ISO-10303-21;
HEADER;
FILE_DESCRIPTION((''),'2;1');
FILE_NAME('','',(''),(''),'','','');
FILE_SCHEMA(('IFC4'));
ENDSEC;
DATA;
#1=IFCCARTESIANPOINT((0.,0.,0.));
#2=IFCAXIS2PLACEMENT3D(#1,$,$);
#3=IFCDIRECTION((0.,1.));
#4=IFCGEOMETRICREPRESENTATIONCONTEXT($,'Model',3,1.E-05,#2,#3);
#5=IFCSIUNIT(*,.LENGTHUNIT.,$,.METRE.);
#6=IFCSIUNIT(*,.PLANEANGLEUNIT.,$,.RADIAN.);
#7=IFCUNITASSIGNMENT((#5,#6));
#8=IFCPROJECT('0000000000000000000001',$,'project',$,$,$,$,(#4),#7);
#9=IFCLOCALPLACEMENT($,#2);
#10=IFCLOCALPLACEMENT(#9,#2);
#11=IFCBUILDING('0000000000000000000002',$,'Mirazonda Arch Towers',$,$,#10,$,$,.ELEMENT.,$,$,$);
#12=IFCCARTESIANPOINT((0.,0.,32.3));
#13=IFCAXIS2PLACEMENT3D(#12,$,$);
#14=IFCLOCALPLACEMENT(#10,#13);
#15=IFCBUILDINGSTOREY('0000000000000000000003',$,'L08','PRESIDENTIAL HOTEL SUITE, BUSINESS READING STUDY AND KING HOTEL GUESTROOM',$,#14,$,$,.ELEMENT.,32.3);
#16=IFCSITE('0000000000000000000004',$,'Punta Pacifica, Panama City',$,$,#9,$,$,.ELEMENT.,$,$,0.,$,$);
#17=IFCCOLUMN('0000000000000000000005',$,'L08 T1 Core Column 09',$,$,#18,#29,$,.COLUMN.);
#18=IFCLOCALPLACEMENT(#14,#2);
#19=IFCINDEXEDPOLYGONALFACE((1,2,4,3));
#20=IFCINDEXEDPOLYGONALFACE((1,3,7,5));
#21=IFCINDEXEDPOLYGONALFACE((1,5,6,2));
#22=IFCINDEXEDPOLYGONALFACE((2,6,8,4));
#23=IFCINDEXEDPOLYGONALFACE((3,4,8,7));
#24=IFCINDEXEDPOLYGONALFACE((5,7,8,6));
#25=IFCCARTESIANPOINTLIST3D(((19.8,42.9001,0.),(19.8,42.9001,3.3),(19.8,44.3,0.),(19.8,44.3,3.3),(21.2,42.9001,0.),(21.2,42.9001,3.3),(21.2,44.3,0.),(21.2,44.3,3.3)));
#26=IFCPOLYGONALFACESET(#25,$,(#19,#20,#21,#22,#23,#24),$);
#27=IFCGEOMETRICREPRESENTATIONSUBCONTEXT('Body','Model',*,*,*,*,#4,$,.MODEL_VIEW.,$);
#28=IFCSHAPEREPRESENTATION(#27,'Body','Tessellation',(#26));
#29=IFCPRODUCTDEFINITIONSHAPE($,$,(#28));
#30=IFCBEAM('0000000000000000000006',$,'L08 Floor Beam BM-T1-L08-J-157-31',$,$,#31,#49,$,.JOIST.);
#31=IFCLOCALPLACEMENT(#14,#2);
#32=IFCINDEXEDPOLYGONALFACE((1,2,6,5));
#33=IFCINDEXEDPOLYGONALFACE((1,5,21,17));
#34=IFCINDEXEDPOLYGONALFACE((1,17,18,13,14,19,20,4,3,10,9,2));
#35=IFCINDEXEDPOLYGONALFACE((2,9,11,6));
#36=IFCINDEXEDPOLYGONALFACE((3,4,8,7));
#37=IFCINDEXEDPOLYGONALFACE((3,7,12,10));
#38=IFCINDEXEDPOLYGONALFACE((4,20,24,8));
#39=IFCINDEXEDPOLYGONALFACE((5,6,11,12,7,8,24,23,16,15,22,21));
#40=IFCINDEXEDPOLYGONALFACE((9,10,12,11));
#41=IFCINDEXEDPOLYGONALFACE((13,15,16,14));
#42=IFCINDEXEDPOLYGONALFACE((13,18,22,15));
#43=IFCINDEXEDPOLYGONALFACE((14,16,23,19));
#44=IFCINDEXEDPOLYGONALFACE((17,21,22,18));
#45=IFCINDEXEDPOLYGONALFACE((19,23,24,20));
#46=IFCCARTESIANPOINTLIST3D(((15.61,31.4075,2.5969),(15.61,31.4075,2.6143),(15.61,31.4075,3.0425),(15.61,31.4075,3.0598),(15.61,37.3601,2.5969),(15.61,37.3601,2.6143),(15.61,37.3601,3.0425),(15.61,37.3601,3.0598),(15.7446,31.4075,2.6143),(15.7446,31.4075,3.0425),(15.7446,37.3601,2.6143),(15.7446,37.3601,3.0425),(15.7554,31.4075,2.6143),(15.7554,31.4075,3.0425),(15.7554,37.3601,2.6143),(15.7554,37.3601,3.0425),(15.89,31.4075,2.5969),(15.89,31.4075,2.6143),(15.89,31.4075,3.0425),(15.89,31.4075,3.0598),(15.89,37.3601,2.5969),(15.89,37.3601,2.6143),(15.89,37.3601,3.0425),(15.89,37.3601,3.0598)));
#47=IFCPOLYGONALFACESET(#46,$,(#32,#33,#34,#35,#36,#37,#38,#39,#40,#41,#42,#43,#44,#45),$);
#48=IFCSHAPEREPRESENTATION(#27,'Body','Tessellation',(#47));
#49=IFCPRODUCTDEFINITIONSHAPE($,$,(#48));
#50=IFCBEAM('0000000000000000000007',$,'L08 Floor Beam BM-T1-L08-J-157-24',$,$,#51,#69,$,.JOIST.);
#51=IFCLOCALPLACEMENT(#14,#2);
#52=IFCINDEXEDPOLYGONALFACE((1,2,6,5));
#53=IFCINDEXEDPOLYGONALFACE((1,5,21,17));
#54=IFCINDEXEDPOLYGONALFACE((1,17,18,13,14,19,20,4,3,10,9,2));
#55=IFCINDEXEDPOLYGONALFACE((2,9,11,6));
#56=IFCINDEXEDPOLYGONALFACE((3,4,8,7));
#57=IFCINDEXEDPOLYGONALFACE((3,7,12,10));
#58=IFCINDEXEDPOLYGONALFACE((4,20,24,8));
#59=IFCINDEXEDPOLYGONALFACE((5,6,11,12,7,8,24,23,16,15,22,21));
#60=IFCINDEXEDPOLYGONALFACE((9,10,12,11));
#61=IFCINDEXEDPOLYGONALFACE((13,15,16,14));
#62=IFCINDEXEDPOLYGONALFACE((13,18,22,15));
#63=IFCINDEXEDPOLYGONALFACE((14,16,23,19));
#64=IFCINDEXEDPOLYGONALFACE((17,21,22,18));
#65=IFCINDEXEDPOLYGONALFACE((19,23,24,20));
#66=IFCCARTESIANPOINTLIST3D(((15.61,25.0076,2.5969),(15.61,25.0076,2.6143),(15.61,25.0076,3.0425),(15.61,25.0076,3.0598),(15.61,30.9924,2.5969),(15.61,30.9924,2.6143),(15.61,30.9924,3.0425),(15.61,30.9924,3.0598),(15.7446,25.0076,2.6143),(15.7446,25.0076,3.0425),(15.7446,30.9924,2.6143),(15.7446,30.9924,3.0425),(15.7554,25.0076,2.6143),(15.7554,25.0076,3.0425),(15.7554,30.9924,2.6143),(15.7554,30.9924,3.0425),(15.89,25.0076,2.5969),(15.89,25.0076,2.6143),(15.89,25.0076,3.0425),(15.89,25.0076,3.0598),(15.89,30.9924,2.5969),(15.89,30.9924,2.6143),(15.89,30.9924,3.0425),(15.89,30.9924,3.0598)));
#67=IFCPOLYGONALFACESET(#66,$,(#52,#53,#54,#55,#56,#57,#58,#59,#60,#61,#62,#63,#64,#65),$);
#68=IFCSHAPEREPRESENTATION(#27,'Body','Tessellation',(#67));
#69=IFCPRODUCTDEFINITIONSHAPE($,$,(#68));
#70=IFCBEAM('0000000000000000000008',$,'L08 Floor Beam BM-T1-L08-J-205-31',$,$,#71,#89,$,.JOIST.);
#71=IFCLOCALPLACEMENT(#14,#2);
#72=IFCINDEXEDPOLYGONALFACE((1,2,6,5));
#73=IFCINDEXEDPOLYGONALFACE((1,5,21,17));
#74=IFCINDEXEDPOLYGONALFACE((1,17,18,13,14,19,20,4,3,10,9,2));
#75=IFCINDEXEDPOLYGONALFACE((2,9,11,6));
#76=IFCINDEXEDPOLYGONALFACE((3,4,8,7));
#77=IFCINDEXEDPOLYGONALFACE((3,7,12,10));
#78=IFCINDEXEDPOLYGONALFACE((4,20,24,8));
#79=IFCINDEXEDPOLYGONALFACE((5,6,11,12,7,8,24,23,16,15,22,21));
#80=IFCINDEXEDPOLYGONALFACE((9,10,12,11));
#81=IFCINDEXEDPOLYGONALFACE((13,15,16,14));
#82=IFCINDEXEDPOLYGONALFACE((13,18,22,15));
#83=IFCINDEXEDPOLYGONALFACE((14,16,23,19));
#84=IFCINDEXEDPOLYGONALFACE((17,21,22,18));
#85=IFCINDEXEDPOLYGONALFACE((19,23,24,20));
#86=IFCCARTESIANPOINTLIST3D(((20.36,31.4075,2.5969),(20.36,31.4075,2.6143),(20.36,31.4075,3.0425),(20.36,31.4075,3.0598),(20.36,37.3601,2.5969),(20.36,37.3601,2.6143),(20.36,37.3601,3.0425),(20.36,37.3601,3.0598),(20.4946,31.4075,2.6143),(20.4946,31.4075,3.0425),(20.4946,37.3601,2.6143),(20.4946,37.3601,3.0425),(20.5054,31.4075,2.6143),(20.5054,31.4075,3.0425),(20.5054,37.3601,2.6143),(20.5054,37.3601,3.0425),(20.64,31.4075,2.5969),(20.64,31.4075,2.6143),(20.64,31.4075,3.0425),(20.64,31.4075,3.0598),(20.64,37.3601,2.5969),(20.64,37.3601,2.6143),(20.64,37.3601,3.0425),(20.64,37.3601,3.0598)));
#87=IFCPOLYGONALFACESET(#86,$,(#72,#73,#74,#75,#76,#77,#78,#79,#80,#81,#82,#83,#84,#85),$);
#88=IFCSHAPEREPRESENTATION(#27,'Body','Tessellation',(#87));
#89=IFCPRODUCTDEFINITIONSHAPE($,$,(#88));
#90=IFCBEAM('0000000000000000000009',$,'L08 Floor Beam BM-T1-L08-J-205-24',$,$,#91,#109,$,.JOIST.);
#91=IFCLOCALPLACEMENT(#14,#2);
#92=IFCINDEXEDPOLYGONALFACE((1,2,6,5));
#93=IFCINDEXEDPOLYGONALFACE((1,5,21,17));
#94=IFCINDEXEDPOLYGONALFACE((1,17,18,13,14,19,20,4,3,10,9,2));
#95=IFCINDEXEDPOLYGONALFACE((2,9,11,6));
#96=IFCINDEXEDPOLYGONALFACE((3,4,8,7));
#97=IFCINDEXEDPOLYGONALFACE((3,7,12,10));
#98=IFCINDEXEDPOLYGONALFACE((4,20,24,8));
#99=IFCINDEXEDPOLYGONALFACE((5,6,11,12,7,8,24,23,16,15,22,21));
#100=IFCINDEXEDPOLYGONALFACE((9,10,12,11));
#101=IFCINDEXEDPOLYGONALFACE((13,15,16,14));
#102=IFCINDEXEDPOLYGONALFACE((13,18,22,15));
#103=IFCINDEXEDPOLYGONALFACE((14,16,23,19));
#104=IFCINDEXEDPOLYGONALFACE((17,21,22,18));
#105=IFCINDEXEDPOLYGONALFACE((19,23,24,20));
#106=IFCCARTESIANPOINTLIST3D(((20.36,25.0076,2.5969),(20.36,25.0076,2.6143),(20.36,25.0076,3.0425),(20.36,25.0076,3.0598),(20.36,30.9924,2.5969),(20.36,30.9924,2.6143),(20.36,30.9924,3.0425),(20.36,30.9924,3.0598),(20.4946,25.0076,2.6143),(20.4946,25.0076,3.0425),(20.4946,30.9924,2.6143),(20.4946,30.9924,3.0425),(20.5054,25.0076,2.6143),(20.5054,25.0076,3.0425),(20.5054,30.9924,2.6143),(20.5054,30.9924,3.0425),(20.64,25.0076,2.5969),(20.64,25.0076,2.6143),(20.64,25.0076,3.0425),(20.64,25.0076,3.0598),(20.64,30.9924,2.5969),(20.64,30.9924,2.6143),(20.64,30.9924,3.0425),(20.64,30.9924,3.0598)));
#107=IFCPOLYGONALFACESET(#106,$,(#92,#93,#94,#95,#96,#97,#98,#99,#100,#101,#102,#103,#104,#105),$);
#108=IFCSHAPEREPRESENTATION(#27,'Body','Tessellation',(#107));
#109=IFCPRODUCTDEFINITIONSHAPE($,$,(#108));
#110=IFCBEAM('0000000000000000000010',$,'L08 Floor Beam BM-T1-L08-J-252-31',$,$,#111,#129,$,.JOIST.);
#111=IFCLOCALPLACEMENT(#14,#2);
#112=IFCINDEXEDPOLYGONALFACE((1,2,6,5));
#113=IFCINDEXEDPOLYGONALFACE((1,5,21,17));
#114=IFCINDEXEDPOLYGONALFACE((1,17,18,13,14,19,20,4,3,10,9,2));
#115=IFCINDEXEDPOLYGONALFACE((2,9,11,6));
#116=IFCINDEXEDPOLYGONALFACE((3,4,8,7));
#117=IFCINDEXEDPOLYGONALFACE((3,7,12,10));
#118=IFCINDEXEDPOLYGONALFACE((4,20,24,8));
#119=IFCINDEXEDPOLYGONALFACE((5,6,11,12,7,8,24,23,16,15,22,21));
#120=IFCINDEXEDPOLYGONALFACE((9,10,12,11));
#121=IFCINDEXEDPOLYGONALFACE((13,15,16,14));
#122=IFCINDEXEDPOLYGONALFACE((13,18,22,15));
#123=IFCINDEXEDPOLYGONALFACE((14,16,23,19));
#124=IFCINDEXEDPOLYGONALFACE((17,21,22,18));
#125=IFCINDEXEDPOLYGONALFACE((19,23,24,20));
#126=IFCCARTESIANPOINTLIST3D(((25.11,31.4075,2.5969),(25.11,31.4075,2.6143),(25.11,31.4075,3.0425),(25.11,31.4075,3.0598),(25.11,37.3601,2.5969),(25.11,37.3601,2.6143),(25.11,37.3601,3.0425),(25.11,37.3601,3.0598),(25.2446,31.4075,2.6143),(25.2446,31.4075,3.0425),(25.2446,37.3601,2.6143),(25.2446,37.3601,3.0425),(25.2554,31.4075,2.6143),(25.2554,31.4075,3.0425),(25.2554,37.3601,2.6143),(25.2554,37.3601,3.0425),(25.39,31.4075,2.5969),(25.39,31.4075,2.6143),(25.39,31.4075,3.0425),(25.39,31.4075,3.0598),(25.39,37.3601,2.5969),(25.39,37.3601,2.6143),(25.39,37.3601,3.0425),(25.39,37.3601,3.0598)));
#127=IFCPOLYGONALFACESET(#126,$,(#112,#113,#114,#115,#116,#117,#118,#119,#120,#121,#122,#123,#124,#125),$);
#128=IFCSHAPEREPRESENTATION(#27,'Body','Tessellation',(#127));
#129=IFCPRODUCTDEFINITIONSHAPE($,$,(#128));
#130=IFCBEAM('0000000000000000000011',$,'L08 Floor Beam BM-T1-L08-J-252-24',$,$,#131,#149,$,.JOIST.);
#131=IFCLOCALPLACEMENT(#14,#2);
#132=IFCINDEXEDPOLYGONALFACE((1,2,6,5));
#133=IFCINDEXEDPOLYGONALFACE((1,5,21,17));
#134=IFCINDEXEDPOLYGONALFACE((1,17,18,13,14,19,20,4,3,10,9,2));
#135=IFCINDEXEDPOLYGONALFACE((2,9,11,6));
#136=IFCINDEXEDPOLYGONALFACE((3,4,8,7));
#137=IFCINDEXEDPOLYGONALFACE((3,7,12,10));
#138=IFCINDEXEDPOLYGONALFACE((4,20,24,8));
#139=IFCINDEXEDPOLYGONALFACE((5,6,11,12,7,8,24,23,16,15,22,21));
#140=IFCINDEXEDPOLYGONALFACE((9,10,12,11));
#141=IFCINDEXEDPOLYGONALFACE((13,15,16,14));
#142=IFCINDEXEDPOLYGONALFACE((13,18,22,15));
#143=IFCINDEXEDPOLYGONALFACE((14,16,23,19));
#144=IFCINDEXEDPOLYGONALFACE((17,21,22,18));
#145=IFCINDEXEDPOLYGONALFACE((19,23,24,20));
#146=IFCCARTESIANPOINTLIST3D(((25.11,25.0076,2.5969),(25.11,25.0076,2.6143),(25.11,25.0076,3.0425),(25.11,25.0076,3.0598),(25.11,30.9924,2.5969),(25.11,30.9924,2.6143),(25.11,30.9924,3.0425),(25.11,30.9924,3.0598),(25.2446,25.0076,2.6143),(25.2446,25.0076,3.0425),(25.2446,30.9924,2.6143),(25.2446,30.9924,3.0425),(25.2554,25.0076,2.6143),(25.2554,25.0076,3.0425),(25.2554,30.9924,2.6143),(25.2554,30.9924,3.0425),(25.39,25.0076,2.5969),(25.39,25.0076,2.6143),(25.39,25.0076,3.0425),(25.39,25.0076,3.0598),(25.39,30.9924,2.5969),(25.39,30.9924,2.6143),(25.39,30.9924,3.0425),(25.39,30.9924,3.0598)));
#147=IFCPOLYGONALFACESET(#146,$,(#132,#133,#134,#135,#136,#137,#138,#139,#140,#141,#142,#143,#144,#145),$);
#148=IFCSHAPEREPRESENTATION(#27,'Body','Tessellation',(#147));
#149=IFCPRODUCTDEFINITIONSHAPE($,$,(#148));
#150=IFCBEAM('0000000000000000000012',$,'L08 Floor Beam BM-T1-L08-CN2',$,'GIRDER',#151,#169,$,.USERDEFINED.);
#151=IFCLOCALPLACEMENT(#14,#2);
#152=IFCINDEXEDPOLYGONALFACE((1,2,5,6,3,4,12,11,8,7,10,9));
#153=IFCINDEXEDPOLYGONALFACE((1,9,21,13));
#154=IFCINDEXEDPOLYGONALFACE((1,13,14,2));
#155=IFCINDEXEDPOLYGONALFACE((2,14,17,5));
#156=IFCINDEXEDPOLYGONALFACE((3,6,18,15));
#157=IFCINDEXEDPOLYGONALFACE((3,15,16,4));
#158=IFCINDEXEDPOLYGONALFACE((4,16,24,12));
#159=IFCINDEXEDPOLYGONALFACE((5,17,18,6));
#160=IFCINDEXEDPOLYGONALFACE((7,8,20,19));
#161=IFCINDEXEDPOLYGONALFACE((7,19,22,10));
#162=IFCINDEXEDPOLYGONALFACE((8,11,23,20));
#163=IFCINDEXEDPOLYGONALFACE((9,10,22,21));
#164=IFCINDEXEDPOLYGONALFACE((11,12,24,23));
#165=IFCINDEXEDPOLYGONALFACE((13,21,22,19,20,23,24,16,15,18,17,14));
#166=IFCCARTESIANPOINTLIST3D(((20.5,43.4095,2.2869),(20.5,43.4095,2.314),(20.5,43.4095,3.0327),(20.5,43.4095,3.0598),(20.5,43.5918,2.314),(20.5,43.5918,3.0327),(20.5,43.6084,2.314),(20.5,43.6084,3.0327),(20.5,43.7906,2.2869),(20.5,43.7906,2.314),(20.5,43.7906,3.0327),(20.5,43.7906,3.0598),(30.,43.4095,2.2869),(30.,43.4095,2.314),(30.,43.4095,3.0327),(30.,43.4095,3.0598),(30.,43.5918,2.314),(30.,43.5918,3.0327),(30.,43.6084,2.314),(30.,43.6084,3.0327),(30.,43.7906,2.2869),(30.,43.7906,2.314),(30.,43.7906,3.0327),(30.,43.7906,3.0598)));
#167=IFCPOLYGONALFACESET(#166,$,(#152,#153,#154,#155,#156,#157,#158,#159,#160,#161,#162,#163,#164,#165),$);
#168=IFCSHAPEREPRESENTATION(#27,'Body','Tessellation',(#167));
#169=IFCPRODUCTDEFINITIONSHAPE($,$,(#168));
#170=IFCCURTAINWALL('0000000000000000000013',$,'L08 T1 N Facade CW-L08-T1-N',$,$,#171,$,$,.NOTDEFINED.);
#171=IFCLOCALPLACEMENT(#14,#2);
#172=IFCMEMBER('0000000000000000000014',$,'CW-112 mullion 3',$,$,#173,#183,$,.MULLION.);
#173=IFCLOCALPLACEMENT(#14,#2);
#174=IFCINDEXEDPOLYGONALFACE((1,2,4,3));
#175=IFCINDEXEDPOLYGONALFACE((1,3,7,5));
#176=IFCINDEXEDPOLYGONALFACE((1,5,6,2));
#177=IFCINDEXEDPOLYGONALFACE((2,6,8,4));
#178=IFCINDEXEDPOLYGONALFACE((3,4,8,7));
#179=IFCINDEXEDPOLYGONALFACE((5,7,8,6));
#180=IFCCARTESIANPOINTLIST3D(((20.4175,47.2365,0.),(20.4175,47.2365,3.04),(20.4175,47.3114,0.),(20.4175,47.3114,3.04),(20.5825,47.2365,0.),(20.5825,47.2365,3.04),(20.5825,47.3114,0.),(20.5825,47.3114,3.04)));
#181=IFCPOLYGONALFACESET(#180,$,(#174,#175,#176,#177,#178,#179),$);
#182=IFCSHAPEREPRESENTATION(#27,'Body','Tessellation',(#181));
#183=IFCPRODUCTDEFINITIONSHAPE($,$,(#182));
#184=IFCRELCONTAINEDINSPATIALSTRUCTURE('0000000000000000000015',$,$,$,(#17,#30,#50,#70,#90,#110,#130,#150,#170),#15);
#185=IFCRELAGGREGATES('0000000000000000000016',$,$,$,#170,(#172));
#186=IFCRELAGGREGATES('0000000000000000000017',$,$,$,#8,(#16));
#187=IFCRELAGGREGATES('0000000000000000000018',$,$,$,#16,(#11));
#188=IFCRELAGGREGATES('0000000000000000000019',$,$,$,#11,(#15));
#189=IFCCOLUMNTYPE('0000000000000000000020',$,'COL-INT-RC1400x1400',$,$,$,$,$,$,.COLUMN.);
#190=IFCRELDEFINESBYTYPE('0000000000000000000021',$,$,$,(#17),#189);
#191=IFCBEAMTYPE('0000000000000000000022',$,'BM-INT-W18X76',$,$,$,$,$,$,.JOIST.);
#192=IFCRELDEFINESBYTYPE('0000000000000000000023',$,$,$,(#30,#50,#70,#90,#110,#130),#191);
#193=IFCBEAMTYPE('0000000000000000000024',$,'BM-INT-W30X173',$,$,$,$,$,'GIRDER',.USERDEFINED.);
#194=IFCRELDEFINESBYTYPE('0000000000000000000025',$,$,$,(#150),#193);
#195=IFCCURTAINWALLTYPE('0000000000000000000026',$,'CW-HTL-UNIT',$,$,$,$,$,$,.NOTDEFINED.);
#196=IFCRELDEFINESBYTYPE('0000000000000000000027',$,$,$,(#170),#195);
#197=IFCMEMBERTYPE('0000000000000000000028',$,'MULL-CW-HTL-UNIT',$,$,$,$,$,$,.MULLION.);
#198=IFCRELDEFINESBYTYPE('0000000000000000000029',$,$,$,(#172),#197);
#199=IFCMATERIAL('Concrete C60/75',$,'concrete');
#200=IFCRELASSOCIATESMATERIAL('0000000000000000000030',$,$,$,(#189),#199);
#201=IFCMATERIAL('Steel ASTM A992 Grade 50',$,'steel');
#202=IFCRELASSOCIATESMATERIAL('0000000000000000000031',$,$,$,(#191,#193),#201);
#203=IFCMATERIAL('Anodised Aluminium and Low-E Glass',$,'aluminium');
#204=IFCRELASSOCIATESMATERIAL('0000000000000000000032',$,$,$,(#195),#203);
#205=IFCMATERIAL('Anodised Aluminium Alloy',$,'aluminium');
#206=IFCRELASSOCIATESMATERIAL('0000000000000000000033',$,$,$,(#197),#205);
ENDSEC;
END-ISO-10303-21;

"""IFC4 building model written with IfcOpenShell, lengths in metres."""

from ifc_helpers import new_model, si_unit, direction, frame, origin, origin_2d, place, context, subcontext, project, spatial, rectangle, i_section, extrude, material, material_profile, profile_set, type_object, element, aggregate, save


model = new_model("IFC4")

# Units and contexts
model_context = context("Model", 3, precision=1e-05, world=origin(), true_north=direction((0.0, 1.0)))
body_context = subcontext(model_context, "Body", "Model", "MODEL_VIEW")
ifc_project = project(units=[si_unit("LENGTHUNIT", "METRE"), si_unit("PLANEANGLEUNIT", "RADIAN")], contexts=[model_context])

# Site, building, storey
site_placement = place(None, origin())
site = spatial("IfcSite", under=ifc_project, at=site_placement, Name="Punta Pacifica, Panama City", CompositionType="ELEMENT", RefElevation=0.0)
building_placement = place(site_placement, origin())
building = spatial("IfcBuilding", under=site, at=building_placement, Name="Mirazonda Arch Towers", CompositionType="ELEMENT")
storey_placement = place(building_placement, frame((0.0, 0.0, 32.3)))
storey = spatial("IfcBuildingStorey", under=building, at=storey_placement, Name="L08", Description="PRESIDENTIAL HOTEL SUITE, BUSINESS READING STUDY AND KING HOTEL GUESTROOM", CompositionType="ELEMENT", Elevation=32.3)

# Column
ifc_material_1 = material(Name="Concrete C60/75", Category="concrete")
ifc_material_profile_1 = material_profile(ifc_material_1, rectangle(XDim=1.3999, YDim=1.3999, at=origin_2d()), Name="RC1400x1400")
ifc_profile_set_1 = profile_set([ifc_material_profile_1], Name="Concrete C60/75")
column_type = type_object("IfcColumnType", Name="COL-INT-RC1400x1400", PredefinedType="COLUMN", material=ifc_profile_set_1)
column_placement = place(storey_placement, frame((20.5, 43.6001, 0.0), z_axis=(0.0, 0.0, 1.0), x_axis=(1.0, 0.0, 0.0)))
element("IfcColumn", 1, at=column_placement, inside=storey, type_object=column_type, Name="L08 T1 Core Column 09", PredefinedType="COLUMN", context=body_context, shape_type="SweptSolid", body=[
    extrude(rectangle(XDim=1.3999, YDim=1.3999, at=origin_2d()), origin(), (0.0, 0.0, 1.0), 3.3),
])

# Beams
ifc_material_2 = material(Name="Steel ASTM A992 Grade 50", Category="steel")
ifc_material_profile_2 = material_profile(ifc_material_2, i_section(OverallWidth=0.28, OverallDepth=0.4629, WebThickness=0.0107, FlangeThickness=0.0173, at=origin_2d()), Name="W18X76")
ifc_profile_set_2 = profile_set([ifc_material_profile_2], Name="Steel ASTM A992 Grade 50")
beam_type_1 = type_object("IfcBeamType", Name="BM-INT-W18X76", PredefinedType="JOIST", material=ifc_profile_set_2)
beam_1_placement = place(storey_placement, frame((15.75, 31.4075, 2.8284), z_axis=(0.0, 1.0, 0.0), x_axis=(-1.0, 0.0, 0.0)))
element("IfcBeam", 2, at=beam_1_placement, inside=storey, type_object=beam_type_1, Name="L08 Floor Beam BM-T1-L08-J-157-31", PredefinedType="JOIST", context=body_context, shape_type="SweptSolid", body=[
    extrude(i_section(OverallWidth=0.28, OverallDepth=0.4629, WebThickness=0.0107, FlangeThickness=0.0173, at=origin_2d()), origin(), (0.0, 0.0, 1.0), 5.9526),
])
beam_2_placement = place(storey_placement, frame((15.75, 25.0076, 2.8284), z_axis=(0.0, 1.0, 0.0), x_axis=(-1.0, 0.0, 0.0)))
element("IfcBeam", 3, at=beam_2_placement, inside=storey, type_object=beam_type_1, Name="L08 Floor Beam BM-T1-L08-J-157-24", PredefinedType="JOIST", context=body_context, shape_type="SweptSolid", body=[
    extrude(i_section(OverallWidth=0.28, OverallDepth=0.4629, WebThickness=0.0107, FlangeThickness=0.0173, at=origin_2d()), origin(), (0.0, 0.0, 1.0), 5.9849),
])
beam_3_placement = place(storey_placement, frame((20.5, 31.4075, 2.8284), z_axis=(0.0, 1.0, 0.0), x_axis=(-1.0, 0.0, 0.0)))
element("IfcBeam", 4, at=beam_3_placement, inside=storey, type_object=beam_type_1, Name="L08 Floor Beam BM-T1-L08-J-205-31", PredefinedType="JOIST", context=body_context, shape_type="SweptSolid", body=[
    extrude(i_section(OverallWidth=0.28, OverallDepth=0.4629, WebThickness=0.0107, FlangeThickness=0.0173, at=origin_2d()), origin(), (0.0, 0.0, 1.0), 5.9526),
])
beam_4_placement = place(storey_placement, frame((20.5, 25.0076, 2.8284), z_axis=(0.0, 1.0, 0.0), x_axis=(-1.0, 0.0, 0.0)))
element("IfcBeam", 5, at=beam_4_placement, inside=storey, type_object=beam_type_1, Name="L08 Floor Beam BM-T1-L08-J-205-24", PredefinedType="JOIST", context=body_context, shape_type="SweptSolid", body=[
    extrude(i_section(OverallWidth=0.28, OverallDepth=0.4629, WebThickness=0.0107, FlangeThickness=0.0173, at=origin_2d()), origin(), (0.0, 0.0, 1.0), 5.9849),
])
beam_5_placement = place(storey_placement, frame((25.25, 31.4075, 2.8284), z_axis=(0.0, 1.0, 0.0), x_axis=(-1.0, 0.0, 0.0)))
element("IfcBeam", 6, at=beam_5_placement, inside=storey, type_object=beam_type_1, Name="L08 Floor Beam BM-T1-L08-J-252-31", PredefinedType="JOIST", context=body_context, shape_type="SweptSolid", body=[
    extrude(i_section(OverallWidth=0.28, OverallDepth=0.4629, WebThickness=0.0107, FlangeThickness=0.0173, at=origin_2d()), origin(), (0.0, 0.0, 1.0), 5.9526),
])
beam_6_placement = place(storey_placement, frame((25.25, 25.0076, 2.8284), z_axis=(0.0, 1.0, 0.0), x_axis=(-1.0, 0.0, 0.0)))
element("IfcBeam", 7, at=beam_6_placement, inside=storey, type_object=beam_type_1, Name="L08 Floor Beam BM-T1-L08-J-252-24", PredefinedType="JOIST", context=body_context, shape_type="SweptSolid", body=[
    extrude(i_section(OverallWidth=0.28, OverallDepth=0.4629, WebThickness=0.0107, FlangeThickness=0.0173, at=origin_2d()), origin(), (0.0, 0.0, 1.0), 5.9849),
])
ifc_material_profile_3 = material_profile(ifc_material_2, i_section(OverallWidth=0.3811, OverallDepth=0.7729, WebThickness=0.0166, FlangeThickness=0.0271, at=origin_2d()), Name="W30X173")
ifc_profile_set_3 = profile_set([ifc_material_profile_3], Name="Steel ASTM A992 Grade 50")
beam_type_2 = type_object("IfcBeamType", Name="BM-INT-W30X173", ElementType="GIRDER", PredefinedType="USERDEFINED", material=ifc_profile_set_3)
beam_7_placement = place(storey_placement, frame((20.5, 43.6001, 2.6733), z_axis=(1.0, 0.0, 0.0), x_axis=(0.0, 1.0, 0.0)))
element("IfcBeam", 8, at=beam_7_placement, inside=storey, type_object=beam_type_2, Name="L08 Floor Beam BM-T1-L08-CN2", ObjectType="GIRDER", PredefinedType="USERDEFINED", context=body_context, shape_type="SweptSolid", body=[
    extrude(i_section(OverallWidth=0.3811, OverallDepth=0.7729, WebThickness=0.0166, FlangeThickness=0.0271, at=origin_2d()), origin(), (0.0, 0.0, 1.0), 9.5),
])

# Curtain wall, member
ifc_material_3 = material(Name="Anodised Aluminium and Low-E Glass", Category="aluminium")
curtain_wall_type = type_object("IfcCurtainWallType", Name="CW-HTL-UNIT", PredefinedType="NOTDEFINED", material=ifc_material_3)
curtain_wall_placement = place(storey_placement, origin())
curtain_wall = element("IfcCurtainWall", 9, at=curtain_wall_placement, inside=storey, type_object=curtain_wall_type, Name="L08 T1 N Facade CW-L08-T1-N", PredefinedType="NOTDEFINED")
ifc_material_4 = material(Name="Anodised Aluminium Alloy", Category="aluminium")
ifc_material_profile_4 = material_profile(ifc_material_4, rectangle(XDim=0.075, YDim=0.165, at=origin_2d()), Name="ALU-MULL-75x165")
ifc_profile_set_4 = profile_set([ifc_material_profile_4], Name="Anodised Aluminium Alloy")
member_type_1 = type_object("IfcMemberType", Name="MULL-CW-HTL-UNIT", PredefinedType="MULLION", material=ifc_profile_set_4)
member_1_placement = place(storey_placement, frame((20.5, 47.2739, 0.0), z_axis=(0.0, 0.0, 1.0), x_axis=(0.0, 1.0, 0.0)))
member_1 = element("IfcMember", 10, at=member_1_placement, type_object=member_type_1, Name="CW-112 mullion 3", PredefinedType="MULLION", context=body_context, shape_type="SweptSolid", body=[
    extrude(rectangle(XDim=0.075, YDim=0.165, at=origin_2d()), origin(), (0.0, 0.0, 1.0), 3.04),
])
aggregate(curtain_wall, [member_1])

save(model, "model.ifc")
